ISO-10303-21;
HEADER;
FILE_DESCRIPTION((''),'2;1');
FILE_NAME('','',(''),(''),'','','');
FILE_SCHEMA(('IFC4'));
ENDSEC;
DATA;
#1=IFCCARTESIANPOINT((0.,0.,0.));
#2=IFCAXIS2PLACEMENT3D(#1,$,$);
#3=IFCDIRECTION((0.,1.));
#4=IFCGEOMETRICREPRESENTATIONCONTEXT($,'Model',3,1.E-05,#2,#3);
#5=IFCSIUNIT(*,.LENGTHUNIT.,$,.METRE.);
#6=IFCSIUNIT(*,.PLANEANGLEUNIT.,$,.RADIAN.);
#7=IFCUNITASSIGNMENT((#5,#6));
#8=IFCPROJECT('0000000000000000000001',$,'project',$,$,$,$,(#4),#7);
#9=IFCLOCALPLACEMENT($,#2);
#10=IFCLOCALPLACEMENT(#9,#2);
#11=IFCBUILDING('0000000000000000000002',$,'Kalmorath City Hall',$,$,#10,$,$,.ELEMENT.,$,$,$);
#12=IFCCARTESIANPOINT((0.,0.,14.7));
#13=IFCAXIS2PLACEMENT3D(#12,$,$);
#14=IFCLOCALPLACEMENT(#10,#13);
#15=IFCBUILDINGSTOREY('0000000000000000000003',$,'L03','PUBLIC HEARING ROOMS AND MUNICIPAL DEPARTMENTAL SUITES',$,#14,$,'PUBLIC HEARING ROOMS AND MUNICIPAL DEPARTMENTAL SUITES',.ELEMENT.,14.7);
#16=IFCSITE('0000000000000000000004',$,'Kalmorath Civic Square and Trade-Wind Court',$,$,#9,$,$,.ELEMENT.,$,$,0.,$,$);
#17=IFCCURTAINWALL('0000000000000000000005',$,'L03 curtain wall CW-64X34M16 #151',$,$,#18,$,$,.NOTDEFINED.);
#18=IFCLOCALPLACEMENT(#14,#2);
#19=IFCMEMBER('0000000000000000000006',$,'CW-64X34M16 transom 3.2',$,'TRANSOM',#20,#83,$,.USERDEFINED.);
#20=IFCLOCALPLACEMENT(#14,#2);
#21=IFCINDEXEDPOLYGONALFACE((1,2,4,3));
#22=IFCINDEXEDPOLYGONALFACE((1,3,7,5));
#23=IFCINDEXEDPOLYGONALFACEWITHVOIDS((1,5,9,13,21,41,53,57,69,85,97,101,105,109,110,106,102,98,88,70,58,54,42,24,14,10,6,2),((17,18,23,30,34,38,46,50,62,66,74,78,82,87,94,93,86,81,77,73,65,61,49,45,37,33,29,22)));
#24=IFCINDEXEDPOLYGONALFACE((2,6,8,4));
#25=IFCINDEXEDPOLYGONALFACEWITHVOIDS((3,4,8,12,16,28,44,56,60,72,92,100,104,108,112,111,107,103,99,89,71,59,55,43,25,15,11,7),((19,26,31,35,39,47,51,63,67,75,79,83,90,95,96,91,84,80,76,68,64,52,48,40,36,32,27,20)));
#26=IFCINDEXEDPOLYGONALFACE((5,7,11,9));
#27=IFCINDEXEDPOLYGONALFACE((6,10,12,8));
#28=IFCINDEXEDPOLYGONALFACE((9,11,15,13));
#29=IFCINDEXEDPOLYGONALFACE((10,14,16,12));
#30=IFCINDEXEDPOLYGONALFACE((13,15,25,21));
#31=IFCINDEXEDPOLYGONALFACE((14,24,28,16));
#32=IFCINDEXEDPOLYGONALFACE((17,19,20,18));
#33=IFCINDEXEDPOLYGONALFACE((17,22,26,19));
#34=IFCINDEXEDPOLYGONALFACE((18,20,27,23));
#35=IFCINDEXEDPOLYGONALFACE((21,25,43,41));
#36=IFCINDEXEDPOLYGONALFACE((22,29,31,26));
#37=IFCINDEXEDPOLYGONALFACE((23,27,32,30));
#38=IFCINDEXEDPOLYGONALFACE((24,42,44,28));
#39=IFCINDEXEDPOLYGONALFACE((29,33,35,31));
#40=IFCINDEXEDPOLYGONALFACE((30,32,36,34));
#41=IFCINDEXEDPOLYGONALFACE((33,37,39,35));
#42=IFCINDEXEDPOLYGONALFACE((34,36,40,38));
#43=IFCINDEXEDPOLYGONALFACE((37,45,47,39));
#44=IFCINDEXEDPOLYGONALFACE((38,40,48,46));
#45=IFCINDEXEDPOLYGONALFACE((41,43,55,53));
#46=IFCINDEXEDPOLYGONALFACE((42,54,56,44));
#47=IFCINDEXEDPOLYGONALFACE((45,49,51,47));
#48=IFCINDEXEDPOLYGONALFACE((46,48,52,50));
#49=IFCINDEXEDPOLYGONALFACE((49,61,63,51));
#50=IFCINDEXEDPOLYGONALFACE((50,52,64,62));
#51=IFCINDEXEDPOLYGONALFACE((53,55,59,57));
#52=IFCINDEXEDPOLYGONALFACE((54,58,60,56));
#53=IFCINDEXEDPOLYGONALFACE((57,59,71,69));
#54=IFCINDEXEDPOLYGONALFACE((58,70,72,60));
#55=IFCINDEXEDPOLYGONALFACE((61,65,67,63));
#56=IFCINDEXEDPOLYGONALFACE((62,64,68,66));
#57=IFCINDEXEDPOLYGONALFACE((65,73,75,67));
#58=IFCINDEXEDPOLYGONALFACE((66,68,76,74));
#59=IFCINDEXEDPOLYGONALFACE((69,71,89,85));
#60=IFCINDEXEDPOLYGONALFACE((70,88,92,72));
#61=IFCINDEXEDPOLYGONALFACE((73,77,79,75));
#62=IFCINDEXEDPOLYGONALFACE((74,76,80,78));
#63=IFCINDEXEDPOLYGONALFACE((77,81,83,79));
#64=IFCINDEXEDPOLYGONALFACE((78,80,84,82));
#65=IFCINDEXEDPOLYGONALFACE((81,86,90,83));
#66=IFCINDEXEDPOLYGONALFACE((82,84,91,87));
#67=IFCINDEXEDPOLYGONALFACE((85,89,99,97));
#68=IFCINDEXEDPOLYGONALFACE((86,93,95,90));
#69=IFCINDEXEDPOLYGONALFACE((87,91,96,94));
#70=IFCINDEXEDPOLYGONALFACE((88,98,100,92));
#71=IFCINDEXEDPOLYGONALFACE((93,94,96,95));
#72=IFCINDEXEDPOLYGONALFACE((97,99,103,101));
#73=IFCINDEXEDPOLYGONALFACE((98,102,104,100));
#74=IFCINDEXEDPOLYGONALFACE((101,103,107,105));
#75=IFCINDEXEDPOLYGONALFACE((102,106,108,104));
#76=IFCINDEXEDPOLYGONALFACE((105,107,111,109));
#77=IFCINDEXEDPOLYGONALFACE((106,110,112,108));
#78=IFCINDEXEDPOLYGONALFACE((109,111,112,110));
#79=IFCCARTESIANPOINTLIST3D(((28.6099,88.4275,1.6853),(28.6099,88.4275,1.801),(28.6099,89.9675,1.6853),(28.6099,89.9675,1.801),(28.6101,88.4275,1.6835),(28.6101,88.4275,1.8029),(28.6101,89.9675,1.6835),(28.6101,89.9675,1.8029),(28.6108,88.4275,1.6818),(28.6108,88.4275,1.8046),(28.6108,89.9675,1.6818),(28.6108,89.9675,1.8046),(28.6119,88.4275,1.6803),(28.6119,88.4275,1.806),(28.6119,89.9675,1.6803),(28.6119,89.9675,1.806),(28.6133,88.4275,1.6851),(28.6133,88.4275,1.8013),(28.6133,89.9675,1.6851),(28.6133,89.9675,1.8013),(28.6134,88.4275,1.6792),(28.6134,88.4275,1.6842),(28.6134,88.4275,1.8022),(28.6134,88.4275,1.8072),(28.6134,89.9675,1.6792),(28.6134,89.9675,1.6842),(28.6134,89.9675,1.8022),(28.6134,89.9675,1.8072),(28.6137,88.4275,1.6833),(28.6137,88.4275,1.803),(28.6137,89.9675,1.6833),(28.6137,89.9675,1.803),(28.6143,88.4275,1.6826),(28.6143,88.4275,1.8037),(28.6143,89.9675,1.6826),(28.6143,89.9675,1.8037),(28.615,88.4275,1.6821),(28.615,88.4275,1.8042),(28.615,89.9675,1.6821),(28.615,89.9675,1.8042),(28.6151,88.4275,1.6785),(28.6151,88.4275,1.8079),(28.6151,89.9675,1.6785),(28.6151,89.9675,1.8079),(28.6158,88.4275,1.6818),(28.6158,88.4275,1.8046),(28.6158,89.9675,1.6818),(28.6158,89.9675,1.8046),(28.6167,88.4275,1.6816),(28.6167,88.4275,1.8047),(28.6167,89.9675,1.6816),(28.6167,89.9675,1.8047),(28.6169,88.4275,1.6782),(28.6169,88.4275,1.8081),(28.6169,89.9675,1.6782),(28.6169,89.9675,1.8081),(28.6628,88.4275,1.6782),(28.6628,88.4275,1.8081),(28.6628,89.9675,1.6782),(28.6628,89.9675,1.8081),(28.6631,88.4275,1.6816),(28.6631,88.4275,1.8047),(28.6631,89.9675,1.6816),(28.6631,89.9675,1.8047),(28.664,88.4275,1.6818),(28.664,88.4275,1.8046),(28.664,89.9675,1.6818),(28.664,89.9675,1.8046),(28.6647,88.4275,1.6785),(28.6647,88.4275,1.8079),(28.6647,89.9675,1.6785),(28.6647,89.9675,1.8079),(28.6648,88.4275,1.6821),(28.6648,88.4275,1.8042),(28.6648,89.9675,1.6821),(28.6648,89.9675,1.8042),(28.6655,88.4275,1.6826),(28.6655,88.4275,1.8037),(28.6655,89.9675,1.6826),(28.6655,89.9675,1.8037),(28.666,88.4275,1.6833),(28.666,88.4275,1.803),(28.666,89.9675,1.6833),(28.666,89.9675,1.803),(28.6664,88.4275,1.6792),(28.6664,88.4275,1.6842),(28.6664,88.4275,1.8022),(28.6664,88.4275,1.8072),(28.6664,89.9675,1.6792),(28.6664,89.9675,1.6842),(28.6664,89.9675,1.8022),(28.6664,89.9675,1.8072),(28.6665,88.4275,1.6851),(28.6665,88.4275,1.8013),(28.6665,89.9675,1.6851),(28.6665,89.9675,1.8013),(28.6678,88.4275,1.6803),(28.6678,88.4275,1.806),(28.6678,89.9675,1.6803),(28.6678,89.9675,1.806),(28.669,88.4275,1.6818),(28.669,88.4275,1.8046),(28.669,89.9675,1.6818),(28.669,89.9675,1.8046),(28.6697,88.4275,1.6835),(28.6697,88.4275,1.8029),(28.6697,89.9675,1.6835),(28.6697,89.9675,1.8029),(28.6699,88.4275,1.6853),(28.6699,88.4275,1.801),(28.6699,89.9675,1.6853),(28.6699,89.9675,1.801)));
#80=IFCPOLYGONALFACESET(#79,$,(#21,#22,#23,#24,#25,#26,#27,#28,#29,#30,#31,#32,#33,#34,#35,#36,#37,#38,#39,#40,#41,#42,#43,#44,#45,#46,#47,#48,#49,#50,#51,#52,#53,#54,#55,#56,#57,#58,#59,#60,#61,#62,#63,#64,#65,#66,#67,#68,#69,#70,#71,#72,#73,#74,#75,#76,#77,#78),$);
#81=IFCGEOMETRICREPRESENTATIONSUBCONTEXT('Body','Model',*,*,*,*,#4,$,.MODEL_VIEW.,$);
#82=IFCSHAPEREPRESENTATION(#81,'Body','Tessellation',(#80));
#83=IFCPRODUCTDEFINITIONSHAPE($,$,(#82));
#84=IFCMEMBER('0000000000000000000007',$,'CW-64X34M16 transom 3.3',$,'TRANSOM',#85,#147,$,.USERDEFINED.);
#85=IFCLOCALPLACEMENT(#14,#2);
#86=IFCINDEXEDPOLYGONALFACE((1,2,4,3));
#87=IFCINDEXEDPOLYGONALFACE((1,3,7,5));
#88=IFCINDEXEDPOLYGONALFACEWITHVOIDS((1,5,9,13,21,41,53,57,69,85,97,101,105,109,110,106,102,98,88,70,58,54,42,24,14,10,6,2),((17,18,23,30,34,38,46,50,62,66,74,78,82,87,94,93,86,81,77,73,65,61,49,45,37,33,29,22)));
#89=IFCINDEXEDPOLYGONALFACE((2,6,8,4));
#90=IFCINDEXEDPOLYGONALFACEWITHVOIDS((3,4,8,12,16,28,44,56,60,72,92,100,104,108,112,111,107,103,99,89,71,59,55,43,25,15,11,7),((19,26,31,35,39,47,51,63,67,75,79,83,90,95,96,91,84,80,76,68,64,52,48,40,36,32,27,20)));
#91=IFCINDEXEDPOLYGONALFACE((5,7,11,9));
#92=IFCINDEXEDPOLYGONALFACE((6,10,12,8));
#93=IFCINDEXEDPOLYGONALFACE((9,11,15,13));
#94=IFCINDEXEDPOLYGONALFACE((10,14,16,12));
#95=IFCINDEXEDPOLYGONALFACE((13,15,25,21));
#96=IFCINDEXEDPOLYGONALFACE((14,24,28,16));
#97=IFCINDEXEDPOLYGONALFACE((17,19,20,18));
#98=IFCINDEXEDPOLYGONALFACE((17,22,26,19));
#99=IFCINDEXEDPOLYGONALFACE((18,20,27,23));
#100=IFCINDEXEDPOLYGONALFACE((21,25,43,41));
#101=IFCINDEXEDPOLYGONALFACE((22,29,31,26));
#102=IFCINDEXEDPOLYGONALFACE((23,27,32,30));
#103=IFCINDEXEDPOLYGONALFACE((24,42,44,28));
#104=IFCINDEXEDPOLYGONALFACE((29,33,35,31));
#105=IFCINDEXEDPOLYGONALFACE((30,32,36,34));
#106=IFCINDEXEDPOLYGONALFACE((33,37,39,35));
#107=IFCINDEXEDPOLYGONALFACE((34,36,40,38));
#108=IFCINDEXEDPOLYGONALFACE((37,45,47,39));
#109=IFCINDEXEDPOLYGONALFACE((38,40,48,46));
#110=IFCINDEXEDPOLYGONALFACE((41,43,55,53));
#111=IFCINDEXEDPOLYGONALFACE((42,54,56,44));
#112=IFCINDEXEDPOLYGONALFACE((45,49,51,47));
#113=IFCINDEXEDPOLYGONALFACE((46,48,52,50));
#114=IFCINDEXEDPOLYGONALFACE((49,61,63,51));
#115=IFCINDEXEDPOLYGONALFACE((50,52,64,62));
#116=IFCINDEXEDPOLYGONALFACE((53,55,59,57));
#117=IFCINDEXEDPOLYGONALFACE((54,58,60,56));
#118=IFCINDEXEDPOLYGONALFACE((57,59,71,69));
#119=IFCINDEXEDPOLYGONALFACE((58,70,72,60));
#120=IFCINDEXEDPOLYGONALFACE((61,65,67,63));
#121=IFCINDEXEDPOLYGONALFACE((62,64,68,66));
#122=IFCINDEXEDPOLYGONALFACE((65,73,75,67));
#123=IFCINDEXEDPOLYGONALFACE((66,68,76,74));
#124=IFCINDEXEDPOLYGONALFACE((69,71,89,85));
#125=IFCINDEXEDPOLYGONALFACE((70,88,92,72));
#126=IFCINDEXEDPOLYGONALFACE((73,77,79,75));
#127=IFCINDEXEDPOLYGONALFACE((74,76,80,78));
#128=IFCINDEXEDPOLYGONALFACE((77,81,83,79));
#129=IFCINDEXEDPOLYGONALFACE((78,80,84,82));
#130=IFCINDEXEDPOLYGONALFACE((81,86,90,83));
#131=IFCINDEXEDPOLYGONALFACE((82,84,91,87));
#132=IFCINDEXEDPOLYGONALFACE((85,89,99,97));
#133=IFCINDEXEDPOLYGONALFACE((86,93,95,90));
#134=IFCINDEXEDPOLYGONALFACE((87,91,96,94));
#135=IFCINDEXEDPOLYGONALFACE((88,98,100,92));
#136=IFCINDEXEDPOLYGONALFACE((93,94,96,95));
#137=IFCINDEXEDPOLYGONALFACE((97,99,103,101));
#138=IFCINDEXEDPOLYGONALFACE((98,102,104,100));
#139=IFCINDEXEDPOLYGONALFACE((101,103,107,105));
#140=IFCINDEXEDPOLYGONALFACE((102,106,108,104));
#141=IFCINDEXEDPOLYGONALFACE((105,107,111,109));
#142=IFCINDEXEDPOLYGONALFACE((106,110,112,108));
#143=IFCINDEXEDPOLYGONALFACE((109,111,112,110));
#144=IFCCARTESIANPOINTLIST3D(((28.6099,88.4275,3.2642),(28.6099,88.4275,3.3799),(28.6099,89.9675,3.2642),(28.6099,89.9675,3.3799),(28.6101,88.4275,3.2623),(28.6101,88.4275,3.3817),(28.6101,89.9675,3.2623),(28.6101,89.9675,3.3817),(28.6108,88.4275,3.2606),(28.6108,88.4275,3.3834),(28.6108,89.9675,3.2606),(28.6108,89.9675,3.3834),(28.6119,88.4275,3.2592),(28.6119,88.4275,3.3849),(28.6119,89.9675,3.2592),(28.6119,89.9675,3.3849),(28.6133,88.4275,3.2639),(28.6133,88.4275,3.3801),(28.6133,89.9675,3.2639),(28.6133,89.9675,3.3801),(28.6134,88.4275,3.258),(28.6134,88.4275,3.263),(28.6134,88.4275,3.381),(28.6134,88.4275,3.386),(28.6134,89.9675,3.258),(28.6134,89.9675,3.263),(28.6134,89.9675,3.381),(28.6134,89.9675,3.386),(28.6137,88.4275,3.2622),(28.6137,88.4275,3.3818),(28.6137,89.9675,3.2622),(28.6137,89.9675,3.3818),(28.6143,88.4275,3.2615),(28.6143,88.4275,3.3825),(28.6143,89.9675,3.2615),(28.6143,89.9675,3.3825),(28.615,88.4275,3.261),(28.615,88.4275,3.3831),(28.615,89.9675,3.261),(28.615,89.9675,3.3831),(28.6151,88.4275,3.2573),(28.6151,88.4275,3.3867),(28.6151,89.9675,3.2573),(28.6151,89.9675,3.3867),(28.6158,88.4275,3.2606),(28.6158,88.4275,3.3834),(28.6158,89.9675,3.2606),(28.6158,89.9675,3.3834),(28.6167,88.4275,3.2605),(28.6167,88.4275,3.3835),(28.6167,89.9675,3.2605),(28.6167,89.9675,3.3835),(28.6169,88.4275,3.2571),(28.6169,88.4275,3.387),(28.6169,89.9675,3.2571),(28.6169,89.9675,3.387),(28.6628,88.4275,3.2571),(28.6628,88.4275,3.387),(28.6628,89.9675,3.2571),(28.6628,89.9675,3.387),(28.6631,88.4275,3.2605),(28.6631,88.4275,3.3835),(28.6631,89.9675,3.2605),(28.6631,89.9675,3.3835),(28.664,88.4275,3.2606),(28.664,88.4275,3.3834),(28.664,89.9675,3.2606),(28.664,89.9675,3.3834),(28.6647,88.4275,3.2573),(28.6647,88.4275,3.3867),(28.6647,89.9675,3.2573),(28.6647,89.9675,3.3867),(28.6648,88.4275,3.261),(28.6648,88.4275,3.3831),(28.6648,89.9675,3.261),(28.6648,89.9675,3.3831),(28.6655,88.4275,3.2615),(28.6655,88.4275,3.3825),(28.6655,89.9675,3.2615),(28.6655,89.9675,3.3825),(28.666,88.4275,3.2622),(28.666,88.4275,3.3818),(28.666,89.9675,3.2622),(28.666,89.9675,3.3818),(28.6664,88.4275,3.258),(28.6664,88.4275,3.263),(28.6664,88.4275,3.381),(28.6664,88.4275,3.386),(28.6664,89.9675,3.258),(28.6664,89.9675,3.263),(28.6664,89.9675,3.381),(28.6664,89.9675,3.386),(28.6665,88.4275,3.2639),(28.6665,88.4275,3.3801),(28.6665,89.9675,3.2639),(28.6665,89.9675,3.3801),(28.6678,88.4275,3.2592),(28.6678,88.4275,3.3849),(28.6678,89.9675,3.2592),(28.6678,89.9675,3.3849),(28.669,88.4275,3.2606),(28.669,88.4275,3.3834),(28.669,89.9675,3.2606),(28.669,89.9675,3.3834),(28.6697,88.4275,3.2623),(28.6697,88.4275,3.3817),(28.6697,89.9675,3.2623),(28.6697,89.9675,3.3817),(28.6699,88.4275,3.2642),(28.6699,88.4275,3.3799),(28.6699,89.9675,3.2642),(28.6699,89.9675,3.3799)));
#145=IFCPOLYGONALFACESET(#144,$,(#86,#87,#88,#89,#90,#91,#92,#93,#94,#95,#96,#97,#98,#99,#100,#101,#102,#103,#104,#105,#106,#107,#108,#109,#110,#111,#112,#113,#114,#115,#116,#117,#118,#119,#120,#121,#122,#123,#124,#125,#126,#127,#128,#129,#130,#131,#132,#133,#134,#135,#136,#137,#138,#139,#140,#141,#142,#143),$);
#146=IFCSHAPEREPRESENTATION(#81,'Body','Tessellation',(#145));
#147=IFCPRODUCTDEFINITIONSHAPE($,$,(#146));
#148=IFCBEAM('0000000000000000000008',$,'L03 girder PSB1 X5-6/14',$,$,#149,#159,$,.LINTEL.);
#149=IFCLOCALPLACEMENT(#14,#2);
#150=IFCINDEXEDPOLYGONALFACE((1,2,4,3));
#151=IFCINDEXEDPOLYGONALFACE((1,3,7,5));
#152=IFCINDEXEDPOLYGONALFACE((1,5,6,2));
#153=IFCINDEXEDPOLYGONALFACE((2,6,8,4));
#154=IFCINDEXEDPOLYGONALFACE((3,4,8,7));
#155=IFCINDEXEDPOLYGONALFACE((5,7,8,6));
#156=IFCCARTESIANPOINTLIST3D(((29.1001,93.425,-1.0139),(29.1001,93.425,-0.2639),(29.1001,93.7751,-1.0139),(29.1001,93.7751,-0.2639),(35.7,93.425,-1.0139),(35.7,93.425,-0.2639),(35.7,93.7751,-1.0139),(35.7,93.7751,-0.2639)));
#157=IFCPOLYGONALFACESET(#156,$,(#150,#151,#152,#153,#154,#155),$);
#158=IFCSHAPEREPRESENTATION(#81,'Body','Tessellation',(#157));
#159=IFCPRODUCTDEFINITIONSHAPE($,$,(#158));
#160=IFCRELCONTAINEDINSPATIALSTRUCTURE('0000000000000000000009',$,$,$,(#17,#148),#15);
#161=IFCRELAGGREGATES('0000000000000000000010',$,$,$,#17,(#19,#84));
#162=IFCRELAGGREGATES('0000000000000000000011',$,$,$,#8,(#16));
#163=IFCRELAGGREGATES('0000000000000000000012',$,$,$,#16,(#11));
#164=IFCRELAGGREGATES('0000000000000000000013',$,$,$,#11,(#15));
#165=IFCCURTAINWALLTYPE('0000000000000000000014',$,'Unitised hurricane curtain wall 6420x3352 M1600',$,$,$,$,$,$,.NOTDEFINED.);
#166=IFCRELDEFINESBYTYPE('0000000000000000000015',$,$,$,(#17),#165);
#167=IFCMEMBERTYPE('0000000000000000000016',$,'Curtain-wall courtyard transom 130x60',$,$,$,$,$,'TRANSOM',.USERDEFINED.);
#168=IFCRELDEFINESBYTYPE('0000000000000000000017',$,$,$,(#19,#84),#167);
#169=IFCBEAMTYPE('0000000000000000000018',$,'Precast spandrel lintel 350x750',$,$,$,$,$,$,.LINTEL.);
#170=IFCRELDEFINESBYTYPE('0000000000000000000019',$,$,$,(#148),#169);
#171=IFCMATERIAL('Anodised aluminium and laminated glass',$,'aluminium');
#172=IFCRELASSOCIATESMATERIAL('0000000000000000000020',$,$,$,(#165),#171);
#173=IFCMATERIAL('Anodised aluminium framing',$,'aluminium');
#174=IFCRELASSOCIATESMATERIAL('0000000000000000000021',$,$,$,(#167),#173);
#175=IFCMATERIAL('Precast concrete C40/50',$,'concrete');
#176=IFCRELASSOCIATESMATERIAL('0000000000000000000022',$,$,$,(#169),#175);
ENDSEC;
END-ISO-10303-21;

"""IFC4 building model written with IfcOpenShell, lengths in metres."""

from ifc_helpers import new_model, si_unit, direction, frame, origin, origin_2d, place, context, subcontext, project, spatial, rectangle, hollow_rectangle, extrude, material, material_profile, profile_set, type_object, element, aggregate, save


model = new_model("IFC4")

# Units and contexts
model_context = context("Model", 3, precision=1e-05, world=origin(), true_north=direction((0.0, 1.0)))
body_context = subcontext(model_context, "Body", "Model", "MODEL_VIEW")
ifc_project = project(units=[si_unit("LENGTHUNIT", "METRE"), si_unit("PLANEANGLEUNIT", "RADIAN")], contexts=[model_context])

# Site, building, storey
site_placement = place(None, origin())
site = spatial("IfcSite", under=ifc_project, at=site_placement, Name="Kalmorath Civic Square and Trade-Wind Court", CompositionType="ELEMENT", RefElevation=0.0)
building_placement = place(site_placement, origin())
building = spatial("IfcBuilding", under=site, at=building_placement, Name="Kalmorath City Hall", CompositionType="ELEMENT")
storey_placement = place(building_placement, frame((0.0, 0.0, 14.7)))
storey = spatial("IfcBuildingStorey", under=building, at=storey_placement, Name="L03", Description="PUBLIC HEARING ROOMS AND MUNICIPAL DEPARTMENTAL SUITES", LongName="PUBLIC HEARING ROOMS AND MUNICIPAL DEPARTMENTAL SUITES", CompositionType="ELEMENT", Elevation=14.7)

# Curtain wall, members
ifc_material_1 = material(Name="Anodised aluminium and laminated glass", Category="aluminium")
curtain_wall_type = type_object("IfcCurtainWallType", Name="Unitised hurricane curtain wall 6420x3352 M1600", PredefinedType="NOTDEFINED", material=ifc_material_1)
curtain_wall_placement = place(storey_placement, origin())
curtain_wall = element("IfcCurtainWall", 1, at=curtain_wall_placement, inside=storey, type_object=curtain_wall_type, Name="L03 curtain wall CW-64X34M16 #151", PredefinedType="NOTDEFINED")
ifc_material_2 = material(Name="Anodised aluminium framing", Category="aluminium")
ifc_material_profile_1 = material_profile(ifc_material_2, hollow_rectangle(XDim=0.0601, YDim=0.1299, WallThickness=0.0034, InnerFilletRadius=0.0034, OuterFilletRadius=0.0071, at=origin_2d()), Name="ALU-TRN-130X60X3.5")
ifc_profile_set_1 = profile_set([ifc_material_profile_1], Name="Anodised aluminium framing")
member_type_1 = type_object("IfcMemberType", Name="Curtain-wall courtyard transom 130x60", ElementType="TRANSOM", PredefinedType="USERDEFINED", material=ifc_profile_set_1)
member_1_placement = place(storey_placement, frame((28.6399, 89.9675, 1.7432), z_axis=(0.0, -1.0, 0.0), x_axis=(1.0, 0.0, 0.0)))
member_1 = element("IfcMember", 2, at=member_1_placement, type_object=member_type_1, Name="CW-64X34M16 transom 3.2", ObjectType="TRANSOM", PredefinedType="USERDEFINED", context=body_context, shape_type="SweptSolid", body=[
    extrude(hollow_rectangle(XDim=0.0601, YDim=0.1299, WallThickness=0.0034, InnerFilletRadius=0.0034, OuterFilletRadius=0.0071, at=origin_2d()), origin(), (0.0, 0.0, 1.0), 1.54),
])
member_2_placement = place(storey_placement, frame((28.6399, 89.9675, 3.322), z_axis=(0.0, -1.0, 0.0), x_axis=(1.0, 0.0, 0.0)))
member_2 = element("IfcMember", 3, at=member_2_placement, type_object=member_type_1, Name="CW-64X34M16 transom 3.3", ObjectType="TRANSOM", PredefinedType="USERDEFINED", context=body_context, shape_type="SweptSolid", body=[
    extrude(hollow_rectangle(XDim=0.0601, YDim=0.1299, WallThickness=0.0034, InnerFilletRadius=0.0034, OuterFilletRadius=0.0071, at=origin_2d()), origin(), (0.0, 0.0, 1.0), 1.54),
])

# Beam
ifc_material_3 = material(Name="Precast concrete C40/50", Category="concrete")
ifc_material_profile_2 = material_profile(ifc_material_3, rectangle(XDim=0.3501, YDim=0.75, at=origin_2d()), Name="PC-SP-350X750")
ifc_profile_set_2 = profile_set([ifc_material_profile_2], Name="Precast concrete C40/50")
beam_type_1 = type_object("IfcBeamType", Name="Precast spandrel lintel 350x750", PredefinedType="LINTEL", material=ifc_profile_set_2)
beam_1_placement = place(storey_placement, frame((29.1001, 93.6001, -0.6389), z_axis=(1.0, 0.0, 0.0), x_axis=(0.0, 1.0, 0.0)))
element("IfcBeam", 4, at=beam_1_placement, inside=storey, type_object=beam_type_1, Name="L03 girder PSB1 X5-6/14", PredefinedType="LINTEL", context=body_context, shape_type="SweptSolid", body=[
    extrude(rectangle(XDim=0.3501, YDim=0.75, at=origin_2d()), origin(), (0.0, 0.0, 1.0), 6.5999),
])

aggregate(curtain_wall, [member_1, member_2])

save(model, "model.ifc")
